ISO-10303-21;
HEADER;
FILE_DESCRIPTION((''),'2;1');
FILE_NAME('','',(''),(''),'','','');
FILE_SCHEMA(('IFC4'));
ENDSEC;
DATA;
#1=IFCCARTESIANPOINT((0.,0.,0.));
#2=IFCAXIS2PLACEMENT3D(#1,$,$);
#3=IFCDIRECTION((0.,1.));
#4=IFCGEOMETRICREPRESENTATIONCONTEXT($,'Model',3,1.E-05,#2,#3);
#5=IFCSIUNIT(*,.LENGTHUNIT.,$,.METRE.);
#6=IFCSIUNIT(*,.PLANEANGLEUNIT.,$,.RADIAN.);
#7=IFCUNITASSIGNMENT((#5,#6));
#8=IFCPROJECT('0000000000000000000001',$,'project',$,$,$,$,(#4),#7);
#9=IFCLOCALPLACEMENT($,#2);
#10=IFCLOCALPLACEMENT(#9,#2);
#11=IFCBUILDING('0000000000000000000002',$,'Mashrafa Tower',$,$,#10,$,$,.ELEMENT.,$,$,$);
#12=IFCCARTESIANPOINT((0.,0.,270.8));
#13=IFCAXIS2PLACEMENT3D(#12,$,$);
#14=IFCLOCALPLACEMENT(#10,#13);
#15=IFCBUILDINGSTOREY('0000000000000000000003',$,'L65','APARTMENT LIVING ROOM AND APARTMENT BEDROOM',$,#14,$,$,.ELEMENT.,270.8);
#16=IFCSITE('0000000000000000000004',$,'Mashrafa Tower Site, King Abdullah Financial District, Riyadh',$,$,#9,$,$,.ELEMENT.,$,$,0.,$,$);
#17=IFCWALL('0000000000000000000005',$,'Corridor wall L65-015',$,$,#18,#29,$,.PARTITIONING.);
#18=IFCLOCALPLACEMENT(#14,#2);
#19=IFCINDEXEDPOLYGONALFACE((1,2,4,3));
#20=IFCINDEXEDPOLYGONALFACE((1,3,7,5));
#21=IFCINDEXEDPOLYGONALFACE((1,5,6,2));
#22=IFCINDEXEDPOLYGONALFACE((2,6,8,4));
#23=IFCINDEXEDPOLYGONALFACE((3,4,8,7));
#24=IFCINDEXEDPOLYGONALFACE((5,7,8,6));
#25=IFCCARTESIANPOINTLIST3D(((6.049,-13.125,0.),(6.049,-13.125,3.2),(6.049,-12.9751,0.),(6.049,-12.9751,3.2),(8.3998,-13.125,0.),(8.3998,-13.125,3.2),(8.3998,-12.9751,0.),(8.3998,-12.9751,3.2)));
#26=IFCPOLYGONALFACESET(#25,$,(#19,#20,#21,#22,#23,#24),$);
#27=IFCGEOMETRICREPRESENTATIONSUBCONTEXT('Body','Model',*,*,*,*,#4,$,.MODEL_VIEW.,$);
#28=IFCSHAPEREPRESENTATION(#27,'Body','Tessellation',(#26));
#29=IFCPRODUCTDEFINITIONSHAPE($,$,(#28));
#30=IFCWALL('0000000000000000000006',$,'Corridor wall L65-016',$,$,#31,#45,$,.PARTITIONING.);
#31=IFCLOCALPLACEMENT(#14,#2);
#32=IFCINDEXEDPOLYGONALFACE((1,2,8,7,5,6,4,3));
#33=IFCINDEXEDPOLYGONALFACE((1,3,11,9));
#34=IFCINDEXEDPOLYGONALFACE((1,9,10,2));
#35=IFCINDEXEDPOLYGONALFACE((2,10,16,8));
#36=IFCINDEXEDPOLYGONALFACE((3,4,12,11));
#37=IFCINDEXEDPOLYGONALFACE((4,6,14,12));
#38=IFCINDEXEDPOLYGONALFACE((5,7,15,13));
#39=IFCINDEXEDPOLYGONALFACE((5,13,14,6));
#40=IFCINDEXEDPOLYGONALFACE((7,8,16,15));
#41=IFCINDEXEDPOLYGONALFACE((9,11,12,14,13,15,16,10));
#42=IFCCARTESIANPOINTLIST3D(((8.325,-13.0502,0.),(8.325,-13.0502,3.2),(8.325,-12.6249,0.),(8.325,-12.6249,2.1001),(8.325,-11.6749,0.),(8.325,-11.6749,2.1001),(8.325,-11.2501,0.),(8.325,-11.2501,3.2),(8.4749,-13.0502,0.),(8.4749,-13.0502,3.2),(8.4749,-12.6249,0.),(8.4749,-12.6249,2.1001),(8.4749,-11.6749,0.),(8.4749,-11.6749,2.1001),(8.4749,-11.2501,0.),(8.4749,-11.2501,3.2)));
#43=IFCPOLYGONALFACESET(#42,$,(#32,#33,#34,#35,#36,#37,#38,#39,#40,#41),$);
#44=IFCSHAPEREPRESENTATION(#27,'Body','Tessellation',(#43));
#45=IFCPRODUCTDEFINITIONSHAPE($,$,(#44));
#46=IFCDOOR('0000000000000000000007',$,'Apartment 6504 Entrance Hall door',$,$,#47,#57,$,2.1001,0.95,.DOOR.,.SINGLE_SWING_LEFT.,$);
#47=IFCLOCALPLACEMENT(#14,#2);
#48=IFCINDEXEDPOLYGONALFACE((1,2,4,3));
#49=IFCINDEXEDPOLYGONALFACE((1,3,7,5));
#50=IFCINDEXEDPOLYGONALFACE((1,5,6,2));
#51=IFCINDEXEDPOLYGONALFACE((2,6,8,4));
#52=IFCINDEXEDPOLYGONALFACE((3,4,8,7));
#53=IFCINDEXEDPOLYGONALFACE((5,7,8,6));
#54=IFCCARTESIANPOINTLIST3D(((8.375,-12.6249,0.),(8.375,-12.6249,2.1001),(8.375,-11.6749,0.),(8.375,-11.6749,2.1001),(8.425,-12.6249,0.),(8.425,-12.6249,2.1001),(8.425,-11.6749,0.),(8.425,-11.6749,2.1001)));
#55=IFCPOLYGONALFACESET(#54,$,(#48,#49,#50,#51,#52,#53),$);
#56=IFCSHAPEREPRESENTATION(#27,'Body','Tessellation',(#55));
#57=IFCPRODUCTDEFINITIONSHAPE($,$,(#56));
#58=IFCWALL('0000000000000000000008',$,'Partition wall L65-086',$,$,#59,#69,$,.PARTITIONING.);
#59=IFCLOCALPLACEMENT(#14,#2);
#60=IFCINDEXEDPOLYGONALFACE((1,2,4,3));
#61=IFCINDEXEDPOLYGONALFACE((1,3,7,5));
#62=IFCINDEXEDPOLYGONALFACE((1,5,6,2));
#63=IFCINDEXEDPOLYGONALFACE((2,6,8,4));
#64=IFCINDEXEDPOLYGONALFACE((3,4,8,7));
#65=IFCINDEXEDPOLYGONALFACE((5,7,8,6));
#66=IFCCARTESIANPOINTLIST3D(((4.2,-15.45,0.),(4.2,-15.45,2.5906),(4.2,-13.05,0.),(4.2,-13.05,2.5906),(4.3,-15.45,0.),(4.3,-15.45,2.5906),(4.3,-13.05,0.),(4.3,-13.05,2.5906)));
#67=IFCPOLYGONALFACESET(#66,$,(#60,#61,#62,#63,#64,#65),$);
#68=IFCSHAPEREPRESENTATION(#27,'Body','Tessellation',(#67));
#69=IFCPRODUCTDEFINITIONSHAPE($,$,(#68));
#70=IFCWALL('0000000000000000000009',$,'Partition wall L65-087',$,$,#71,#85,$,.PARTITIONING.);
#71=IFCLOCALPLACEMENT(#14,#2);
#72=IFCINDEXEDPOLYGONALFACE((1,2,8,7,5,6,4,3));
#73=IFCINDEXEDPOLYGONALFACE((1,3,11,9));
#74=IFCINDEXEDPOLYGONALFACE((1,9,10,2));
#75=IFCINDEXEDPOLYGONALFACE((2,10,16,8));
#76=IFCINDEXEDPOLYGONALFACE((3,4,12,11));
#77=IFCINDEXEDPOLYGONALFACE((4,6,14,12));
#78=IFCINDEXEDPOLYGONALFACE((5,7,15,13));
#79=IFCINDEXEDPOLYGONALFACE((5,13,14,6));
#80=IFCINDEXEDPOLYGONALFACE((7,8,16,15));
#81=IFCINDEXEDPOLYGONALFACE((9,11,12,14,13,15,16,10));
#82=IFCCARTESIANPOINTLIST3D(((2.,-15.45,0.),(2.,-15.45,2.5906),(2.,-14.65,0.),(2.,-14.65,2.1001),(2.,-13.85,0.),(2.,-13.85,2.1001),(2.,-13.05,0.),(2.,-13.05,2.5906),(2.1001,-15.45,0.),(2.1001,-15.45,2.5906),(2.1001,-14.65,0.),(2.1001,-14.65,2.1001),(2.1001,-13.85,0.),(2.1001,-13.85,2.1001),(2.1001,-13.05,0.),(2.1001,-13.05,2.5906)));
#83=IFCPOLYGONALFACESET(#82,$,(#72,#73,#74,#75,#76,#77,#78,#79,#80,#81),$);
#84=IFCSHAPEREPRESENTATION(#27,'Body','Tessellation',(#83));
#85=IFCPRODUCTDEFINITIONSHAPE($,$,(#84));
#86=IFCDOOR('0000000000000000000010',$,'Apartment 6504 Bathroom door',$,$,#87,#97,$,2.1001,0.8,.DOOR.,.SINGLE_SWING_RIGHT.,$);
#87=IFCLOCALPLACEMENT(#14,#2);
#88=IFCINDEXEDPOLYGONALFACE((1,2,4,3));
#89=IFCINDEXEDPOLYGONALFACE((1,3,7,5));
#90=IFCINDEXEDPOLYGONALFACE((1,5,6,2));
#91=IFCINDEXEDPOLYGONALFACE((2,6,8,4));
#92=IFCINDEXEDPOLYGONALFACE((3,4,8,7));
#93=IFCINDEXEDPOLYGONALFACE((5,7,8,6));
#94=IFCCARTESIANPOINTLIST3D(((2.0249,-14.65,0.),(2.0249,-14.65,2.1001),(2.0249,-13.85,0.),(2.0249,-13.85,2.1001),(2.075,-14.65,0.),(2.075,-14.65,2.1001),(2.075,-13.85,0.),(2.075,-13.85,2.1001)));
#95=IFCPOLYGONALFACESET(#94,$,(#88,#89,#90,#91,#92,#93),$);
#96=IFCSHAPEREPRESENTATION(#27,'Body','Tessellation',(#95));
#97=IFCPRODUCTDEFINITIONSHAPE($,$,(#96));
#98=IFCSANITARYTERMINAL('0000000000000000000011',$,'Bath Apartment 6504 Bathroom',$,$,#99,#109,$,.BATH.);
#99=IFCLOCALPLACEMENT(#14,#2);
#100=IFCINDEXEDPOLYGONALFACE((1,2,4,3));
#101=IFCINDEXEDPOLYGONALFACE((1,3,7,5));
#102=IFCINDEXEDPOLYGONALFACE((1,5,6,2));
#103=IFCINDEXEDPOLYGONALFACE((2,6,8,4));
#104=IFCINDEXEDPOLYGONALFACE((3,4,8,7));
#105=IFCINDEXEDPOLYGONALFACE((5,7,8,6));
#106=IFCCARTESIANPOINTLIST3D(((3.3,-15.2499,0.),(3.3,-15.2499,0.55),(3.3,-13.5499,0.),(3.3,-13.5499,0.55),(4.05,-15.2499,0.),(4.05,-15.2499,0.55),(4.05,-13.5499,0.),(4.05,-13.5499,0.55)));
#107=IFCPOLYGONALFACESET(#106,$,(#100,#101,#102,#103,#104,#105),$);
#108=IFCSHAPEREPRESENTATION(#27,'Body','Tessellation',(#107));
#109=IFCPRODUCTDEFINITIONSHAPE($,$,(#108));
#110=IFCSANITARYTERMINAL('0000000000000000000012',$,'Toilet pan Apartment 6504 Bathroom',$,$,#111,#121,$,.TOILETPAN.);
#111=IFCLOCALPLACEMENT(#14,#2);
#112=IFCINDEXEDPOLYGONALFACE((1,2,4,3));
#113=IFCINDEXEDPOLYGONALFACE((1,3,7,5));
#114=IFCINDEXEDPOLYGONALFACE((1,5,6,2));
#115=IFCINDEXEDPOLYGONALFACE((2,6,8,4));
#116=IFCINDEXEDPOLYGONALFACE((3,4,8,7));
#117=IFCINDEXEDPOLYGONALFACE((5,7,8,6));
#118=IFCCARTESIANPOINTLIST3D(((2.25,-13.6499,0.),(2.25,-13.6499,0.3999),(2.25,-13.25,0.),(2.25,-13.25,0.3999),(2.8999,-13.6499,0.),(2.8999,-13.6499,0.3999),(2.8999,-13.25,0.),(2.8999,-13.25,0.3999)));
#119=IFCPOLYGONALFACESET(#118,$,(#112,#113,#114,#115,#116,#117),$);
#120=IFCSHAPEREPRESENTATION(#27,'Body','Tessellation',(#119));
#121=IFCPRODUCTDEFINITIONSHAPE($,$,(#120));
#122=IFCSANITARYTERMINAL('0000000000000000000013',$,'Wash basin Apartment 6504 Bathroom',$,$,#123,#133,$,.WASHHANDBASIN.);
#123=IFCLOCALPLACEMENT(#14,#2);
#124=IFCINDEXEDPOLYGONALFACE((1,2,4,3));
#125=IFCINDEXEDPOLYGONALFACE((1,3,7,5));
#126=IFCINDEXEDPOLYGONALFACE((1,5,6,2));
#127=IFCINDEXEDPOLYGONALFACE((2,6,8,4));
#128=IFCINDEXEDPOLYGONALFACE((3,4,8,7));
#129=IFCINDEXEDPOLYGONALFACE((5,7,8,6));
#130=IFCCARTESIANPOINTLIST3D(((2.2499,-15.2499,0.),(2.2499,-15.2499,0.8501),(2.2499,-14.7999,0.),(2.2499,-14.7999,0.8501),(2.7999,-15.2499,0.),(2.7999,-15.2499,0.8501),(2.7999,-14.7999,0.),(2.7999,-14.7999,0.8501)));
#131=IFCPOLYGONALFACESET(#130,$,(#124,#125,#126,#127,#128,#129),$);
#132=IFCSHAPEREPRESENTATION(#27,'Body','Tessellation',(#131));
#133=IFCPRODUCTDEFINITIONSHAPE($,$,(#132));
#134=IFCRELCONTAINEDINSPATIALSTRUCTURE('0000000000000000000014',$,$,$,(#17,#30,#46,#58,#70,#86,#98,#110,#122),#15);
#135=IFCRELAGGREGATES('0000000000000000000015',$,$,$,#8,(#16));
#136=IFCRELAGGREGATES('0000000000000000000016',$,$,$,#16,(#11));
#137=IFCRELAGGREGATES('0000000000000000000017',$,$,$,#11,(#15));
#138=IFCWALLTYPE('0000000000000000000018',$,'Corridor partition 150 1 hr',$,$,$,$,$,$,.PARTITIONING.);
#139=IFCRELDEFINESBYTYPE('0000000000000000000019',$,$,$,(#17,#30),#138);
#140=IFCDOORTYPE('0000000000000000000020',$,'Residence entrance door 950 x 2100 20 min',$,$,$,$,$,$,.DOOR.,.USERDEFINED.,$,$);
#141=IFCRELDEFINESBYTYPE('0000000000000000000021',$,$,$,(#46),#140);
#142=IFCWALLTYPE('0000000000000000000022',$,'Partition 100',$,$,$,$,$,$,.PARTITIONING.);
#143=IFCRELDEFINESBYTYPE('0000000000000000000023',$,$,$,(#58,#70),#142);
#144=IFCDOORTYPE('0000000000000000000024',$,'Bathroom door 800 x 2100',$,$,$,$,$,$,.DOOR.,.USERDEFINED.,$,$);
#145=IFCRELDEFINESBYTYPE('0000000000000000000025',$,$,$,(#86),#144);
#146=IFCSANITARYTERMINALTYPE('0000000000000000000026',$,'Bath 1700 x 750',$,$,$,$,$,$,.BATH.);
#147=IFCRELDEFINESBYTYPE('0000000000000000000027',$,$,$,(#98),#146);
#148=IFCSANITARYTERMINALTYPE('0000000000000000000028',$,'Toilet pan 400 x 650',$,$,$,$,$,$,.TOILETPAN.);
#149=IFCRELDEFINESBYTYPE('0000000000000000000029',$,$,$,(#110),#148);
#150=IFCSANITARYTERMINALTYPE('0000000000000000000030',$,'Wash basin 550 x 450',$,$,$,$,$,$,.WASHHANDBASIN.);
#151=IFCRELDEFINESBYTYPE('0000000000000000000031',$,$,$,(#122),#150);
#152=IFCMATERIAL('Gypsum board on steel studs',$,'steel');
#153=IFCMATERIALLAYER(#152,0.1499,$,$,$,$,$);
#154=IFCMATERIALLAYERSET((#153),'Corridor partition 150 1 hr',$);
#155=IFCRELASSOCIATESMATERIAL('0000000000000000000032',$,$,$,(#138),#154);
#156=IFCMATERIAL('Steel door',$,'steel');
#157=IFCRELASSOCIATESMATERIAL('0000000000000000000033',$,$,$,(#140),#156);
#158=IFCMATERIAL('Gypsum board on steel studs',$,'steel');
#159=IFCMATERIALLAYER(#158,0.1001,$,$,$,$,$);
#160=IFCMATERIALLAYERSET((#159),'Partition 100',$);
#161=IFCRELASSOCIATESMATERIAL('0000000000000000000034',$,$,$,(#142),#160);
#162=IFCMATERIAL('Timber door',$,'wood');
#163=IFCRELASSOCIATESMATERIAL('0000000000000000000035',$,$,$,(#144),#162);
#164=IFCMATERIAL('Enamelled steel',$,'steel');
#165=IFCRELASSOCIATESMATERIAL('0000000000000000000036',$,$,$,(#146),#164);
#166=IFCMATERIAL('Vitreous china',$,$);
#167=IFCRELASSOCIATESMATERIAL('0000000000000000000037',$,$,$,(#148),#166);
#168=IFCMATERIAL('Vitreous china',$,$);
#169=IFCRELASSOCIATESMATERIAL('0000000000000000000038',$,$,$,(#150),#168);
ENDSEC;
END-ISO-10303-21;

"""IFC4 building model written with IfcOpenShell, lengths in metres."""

from ifc_helpers import new_model, si_unit, direction, frame, frame_2d, origin, origin_2d, place, context, subcontext, project, spatial, rectangle, extrude, material, layer, layer_set, type_object, element, fill, save


model = new_model("IFC4")

# Units and contexts
model_context = context("Model", 3, precision=1e-05, world=origin(), true_north=direction((0.0, 1.0)))
body_context = subcontext(model_context, "Body", "Model", "MODEL_VIEW")
ifc_project = project(units=[si_unit("LENGTHUNIT", "METRE"), si_unit("PLANEANGLEUNIT", "RADIAN")], contexts=[model_context])

# Site, building, storey
site_placement = place(None, origin())
site = spatial("IfcSite", under=ifc_project, at=site_placement, Name="Mashrafa Tower Site, King Abdullah Financial District, Riyadh", CompositionType="ELEMENT", RefElevation=0.0)
building_placement = place(site_placement, origin())
building = spatial("IfcBuilding", under=site, at=building_placement, Name="Mashrafa Tower", CompositionType="ELEMENT")
storey_placement = place(building_placement, frame((0.0, 0.0, 270.8)))
storey = spatial("IfcBuildingStorey", under=building, at=storey_placement, Name="L65", Description="APARTMENT LIVING ROOM AND APARTMENT BEDROOM", CompositionType="ELEMENT", Elevation=270.8)

# Wall
ifc_material_1 = material(Name="Gypsum board on steel studs", Category="steel")
ifc_layer_1 = layer(ifc_material_1, 0.1499)
ifc_layer_set_1 = layer_set([ifc_layer_1], Name="Corridor partition 150 1 hr")
wall_type_1 = type_object("IfcWallType", Name="Corridor partition 150 1 hr", PredefinedType="PARTITIONING", material=ifc_layer_set_1)
wall_1_placement = place(storey_placement, frame((6.0491, -13.05, 0.0), z_axis=(0.0, 0.0, 1.0), x_axis=(1.0, 0.0, 0.0)))
element("IfcWall", 1, at=wall_1_placement, inside=storey, type_object=wall_type_1, Name="Corridor wall L65-015", PredefinedType="PARTITIONING", context=body_context, shape_type="SweptSolid", body=[
    extrude(rectangle(XDim=2.3508, YDim=0.1499, at=frame_2d((1.1753, 0.0))), origin(), (0.0, 0.0, 1.0), 3.2),
])

# Wall, opening, door
wall_2_placement = place(storey_placement, frame((8.3999, -13.05, 0.0), z_axis=(0.0, 0.0, 1.0), x_axis=(0.0, 1.0, 0.0)))
wall_2 = element("IfcWall", 2, at=wall_2_placement, inside=storey, type_object=wall_type_1, Name="Corridor wall L65-016", PredefinedType="PARTITIONING", context=body_context, shape_type="SweptSolid", body=[
    extrude(rectangle(XDim=1.8, YDim=0.1499, at=frame_2d((0.8999, 0.0))), origin(), (0.0, 0.0, 1.0), 3.2),
])
opening_1_placement = place(wall_2_placement, frame((0.425, 0.0, 0.0)))
opening_1 = element("IfcOpeningElement", 3, at=opening_1_placement, cuts=wall_2, PredefinedType="OPENING", context=body_context, shape_type="SweptSolid", body=[
    extrude(rectangle(XDim=0.95, YDim=2.1001, at=frame_2d((0.4751, 1.05))), frame((0.0, 0.085, 0.0), z_axis=(0.0, -1.0, 0.0), x_axis=(1.0, 0.0, 0.0)), (0.0, 0.0, 1.0), 0.1699),
])
ifc_material_2 = material(Name="Steel door", Category="steel")
door_type_1 = type_object("IfcDoorType", Name="Residence entrance door 950 x 2100 20 min", OperationType="USERDEFINED", PredefinedType="DOOR", material=ifc_material_2)
door_1_placement = place(opening_1_placement, origin())
door_1 = element("IfcDoor", 4, at=door_1_placement, inside=storey, type_object=door_type_1, Name="Apartment 6504 Entrance Hall door", OperationType="SINGLE_SWING_LEFT", OverallHeight=2.1001, OverallWidth=0.95, PredefinedType="DOOR", context=body_context, shape_type="SweptSolid", body=[
    extrude(rectangle(XDim=0.95, YDim=2.1001, at=frame_2d((0.4751, 1.05))), frame((0.0, 0.0249, 0.0), z_axis=(0.0, -1.0, 0.0), x_axis=(1.0, 0.0, 0.0)), (0.0, 0.0, 1.0), 0.05),
])
fill(opening_1, door_1)

# Wall
ifc_material_3 = material(Name="Gypsum board on steel studs", Category="steel")
ifc_layer_2 = layer(ifc_material_3, 0.1001)
ifc_layer_set_2 = layer_set([ifc_layer_2], Name="Partition 100")
wall_type_2 = type_object("IfcWallType", Name="Partition 100", PredefinedType="PARTITIONING", material=ifc_layer_set_2)
wall_3_placement = place(storey_placement, frame((4.25, -13.05, 0.0), z_axis=(0.0, 0.0, 1.0), x_axis=(0.0, -1.0, 0.0)))
element("IfcWall", 5, at=wall_3_placement, inside=storey, type_object=wall_type_2, Name="Partition wall L65-086", PredefinedType="PARTITIONING", context=body_context, shape_type="SweptSolid", body=[
    extrude(rectangle(XDim=2.3999, YDim=0.1001, at=frame_2d((1.2, 0.0))), origin(), (0.0, 0.0, 1.0), 2.5906),
])

# Wall, opening, door
wall_4_placement = place(storey_placement, frame((2.05, -13.05, 0.0), z_axis=(0.0, 0.0, 1.0), x_axis=(0.0, -1.0, 0.0)))
wall_4 = element("IfcWall", 6, at=wall_4_placement, inside=storey, type_object=wall_type_2, Name="Partition wall L65-087", PredefinedType="PARTITIONING", context=body_context, shape_type="SweptSolid", body=[
    extrude(rectangle(XDim=2.3999, YDim=0.1001, at=frame_2d((1.2, 0.0))), origin(), (0.0, 0.0, 1.0), 2.5906),
])
opening_2_placement = place(wall_4_placement, frame((0.8, 0.0, 0.0)))
opening_2 = element("IfcOpeningElement", 7, at=opening_2_placement, cuts=wall_4, PredefinedType="OPENING", context=body_context, shape_type="SweptSolid", body=[
    extrude(rectangle(XDim=0.8, YDim=2.1001, at=frame_2d((0.3999, 1.05))), frame((0.0, 0.0601, 0.0), z_axis=(0.0, -1.0, 0.0), x_axis=(1.0, 0.0, 0.0)), (0.0, 0.0, 1.0), 0.1201),
])
ifc_material_4 = material(Name="Timber door", Category="wood")
door_type_2 = type_object("IfcDoorType", Name="Bathroom door 800 x 2100", OperationType="USERDEFINED", PredefinedType="DOOR", material=ifc_material_4)
door_2_placement = place(opening_2_placement, origin())
door_2 = element("IfcDoor", 8, at=door_2_placement, inside=storey, type_object=door_type_2, Name="Apartment 6504 Bathroom door", OperationType="SINGLE_SWING_RIGHT", OverallHeight=2.1001, OverallWidth=0.8, PredefinedType="DOOR", context=body_context, shape_type="SweptSolid", body=[
    extrude(rectangle(XDim=0.8, YDim=2.1001, at=frame_2d((0.3999, 1.05))), frame((0.0, 0.0249, 0.0), z_axis=(0.0, -1.0, 0.0), x_axis=(1.0, 0.0, 0.0)), (0.0, 0.0, 1.0), 0.05),
])
fill(opening_2, door_2)

# Sanitary terminals
ifc_material_5 = material(Name="Enamelled steel", Category="steel")
sanitary_terminal_type_1 = type_object("IfcSanitaryTerminalType", Name="Bath 1700 x 750", PredefinedType="BATH", material=ifc_material_5)
sanitary_terminal_1_placement = place(storey_placement, frame((3.675, -14.3999, 0.0), z_axis=(0.0, 0.0, 1.0), x_axis=(0.0, 1.0, 0.0)))
element("IfcSanitaryTerminal", 9, at=sanitary_terminal_1_placement, inside=storey, type_object=sanitary_terminal_type_1, Name="Bath Apartment 6504 Bathroom", PredefinedType="BATH", context=body_context, shape_type="SweptSolid", body=[
    extrude(rectangle(XDim=1.7, YDim=0.75, at=origin_2d()), origin(), (0.0, 0.0, 1.0), 0.55),
])
ifc_material_6 = material(Name="Vitreous china")
sanitary_terminal_type_2 = type_object("IfcSanitaryTerminalType", Name="Toilet pan 400 x 650", PredefinedType="TOILETPAN", material=ifc_material_6)
sanitary_terminal_2_placement = place(storey_placement, frame((2.575, -13.45, 0.0), z_axis=(0.0, 0.0, 1.0), x_axis=(0.0, -1.0, 0.0)))
element("IfcSanitaryTerminal", 10, at=sanitary_terminal_2_placement, inside=storey, type_object=sanitary_terminal_type_2, Name="Toilet pan Apartment 6504 Bathroom", PredefinedType="TOILETPAN", context=body_context, shape_type="SweptSolid", body=[
    extrude(rectangle(XDim=0.3999, YDim=0.6499, at=origin_2d()), origin(), (0.0, 0.0, 1.0), 0.3999),
])
ifc_material_7 = material(Name="Vitreous china")
sanitary_terminal_type_3 = type_object("IfcSanitaryTerminalType", Name="Wash basin 550 x 450", PredefinedType="WASHHANDBASIN", material=ifc_material_7)
sanitary_terminal_3_placement = place(storey_placement, frame((2.5249, -15.0249, 0.0), z_axis=(0.0, 0.0, 1.0), x_axis=(1.0, 0.0, 0.0)))
element("IfcSanitaryTerminal", 11, at=sanitary_terminal_3_placement, inside=storey, type_object=sanitary_terminal_type_3, Name="Wash basin Apartment 6504 Bathroom", PredefinedType="WASHHANDBASIN", context=body_context, shape_type="SweptSolid", body=[
    extrude(rectangle(XDim=0.55, YDim=0.45, at=origin_2d()), origin(), (0.0, 0.0, 1.0), 0.8501),
])

save(model, "model.ifc")
